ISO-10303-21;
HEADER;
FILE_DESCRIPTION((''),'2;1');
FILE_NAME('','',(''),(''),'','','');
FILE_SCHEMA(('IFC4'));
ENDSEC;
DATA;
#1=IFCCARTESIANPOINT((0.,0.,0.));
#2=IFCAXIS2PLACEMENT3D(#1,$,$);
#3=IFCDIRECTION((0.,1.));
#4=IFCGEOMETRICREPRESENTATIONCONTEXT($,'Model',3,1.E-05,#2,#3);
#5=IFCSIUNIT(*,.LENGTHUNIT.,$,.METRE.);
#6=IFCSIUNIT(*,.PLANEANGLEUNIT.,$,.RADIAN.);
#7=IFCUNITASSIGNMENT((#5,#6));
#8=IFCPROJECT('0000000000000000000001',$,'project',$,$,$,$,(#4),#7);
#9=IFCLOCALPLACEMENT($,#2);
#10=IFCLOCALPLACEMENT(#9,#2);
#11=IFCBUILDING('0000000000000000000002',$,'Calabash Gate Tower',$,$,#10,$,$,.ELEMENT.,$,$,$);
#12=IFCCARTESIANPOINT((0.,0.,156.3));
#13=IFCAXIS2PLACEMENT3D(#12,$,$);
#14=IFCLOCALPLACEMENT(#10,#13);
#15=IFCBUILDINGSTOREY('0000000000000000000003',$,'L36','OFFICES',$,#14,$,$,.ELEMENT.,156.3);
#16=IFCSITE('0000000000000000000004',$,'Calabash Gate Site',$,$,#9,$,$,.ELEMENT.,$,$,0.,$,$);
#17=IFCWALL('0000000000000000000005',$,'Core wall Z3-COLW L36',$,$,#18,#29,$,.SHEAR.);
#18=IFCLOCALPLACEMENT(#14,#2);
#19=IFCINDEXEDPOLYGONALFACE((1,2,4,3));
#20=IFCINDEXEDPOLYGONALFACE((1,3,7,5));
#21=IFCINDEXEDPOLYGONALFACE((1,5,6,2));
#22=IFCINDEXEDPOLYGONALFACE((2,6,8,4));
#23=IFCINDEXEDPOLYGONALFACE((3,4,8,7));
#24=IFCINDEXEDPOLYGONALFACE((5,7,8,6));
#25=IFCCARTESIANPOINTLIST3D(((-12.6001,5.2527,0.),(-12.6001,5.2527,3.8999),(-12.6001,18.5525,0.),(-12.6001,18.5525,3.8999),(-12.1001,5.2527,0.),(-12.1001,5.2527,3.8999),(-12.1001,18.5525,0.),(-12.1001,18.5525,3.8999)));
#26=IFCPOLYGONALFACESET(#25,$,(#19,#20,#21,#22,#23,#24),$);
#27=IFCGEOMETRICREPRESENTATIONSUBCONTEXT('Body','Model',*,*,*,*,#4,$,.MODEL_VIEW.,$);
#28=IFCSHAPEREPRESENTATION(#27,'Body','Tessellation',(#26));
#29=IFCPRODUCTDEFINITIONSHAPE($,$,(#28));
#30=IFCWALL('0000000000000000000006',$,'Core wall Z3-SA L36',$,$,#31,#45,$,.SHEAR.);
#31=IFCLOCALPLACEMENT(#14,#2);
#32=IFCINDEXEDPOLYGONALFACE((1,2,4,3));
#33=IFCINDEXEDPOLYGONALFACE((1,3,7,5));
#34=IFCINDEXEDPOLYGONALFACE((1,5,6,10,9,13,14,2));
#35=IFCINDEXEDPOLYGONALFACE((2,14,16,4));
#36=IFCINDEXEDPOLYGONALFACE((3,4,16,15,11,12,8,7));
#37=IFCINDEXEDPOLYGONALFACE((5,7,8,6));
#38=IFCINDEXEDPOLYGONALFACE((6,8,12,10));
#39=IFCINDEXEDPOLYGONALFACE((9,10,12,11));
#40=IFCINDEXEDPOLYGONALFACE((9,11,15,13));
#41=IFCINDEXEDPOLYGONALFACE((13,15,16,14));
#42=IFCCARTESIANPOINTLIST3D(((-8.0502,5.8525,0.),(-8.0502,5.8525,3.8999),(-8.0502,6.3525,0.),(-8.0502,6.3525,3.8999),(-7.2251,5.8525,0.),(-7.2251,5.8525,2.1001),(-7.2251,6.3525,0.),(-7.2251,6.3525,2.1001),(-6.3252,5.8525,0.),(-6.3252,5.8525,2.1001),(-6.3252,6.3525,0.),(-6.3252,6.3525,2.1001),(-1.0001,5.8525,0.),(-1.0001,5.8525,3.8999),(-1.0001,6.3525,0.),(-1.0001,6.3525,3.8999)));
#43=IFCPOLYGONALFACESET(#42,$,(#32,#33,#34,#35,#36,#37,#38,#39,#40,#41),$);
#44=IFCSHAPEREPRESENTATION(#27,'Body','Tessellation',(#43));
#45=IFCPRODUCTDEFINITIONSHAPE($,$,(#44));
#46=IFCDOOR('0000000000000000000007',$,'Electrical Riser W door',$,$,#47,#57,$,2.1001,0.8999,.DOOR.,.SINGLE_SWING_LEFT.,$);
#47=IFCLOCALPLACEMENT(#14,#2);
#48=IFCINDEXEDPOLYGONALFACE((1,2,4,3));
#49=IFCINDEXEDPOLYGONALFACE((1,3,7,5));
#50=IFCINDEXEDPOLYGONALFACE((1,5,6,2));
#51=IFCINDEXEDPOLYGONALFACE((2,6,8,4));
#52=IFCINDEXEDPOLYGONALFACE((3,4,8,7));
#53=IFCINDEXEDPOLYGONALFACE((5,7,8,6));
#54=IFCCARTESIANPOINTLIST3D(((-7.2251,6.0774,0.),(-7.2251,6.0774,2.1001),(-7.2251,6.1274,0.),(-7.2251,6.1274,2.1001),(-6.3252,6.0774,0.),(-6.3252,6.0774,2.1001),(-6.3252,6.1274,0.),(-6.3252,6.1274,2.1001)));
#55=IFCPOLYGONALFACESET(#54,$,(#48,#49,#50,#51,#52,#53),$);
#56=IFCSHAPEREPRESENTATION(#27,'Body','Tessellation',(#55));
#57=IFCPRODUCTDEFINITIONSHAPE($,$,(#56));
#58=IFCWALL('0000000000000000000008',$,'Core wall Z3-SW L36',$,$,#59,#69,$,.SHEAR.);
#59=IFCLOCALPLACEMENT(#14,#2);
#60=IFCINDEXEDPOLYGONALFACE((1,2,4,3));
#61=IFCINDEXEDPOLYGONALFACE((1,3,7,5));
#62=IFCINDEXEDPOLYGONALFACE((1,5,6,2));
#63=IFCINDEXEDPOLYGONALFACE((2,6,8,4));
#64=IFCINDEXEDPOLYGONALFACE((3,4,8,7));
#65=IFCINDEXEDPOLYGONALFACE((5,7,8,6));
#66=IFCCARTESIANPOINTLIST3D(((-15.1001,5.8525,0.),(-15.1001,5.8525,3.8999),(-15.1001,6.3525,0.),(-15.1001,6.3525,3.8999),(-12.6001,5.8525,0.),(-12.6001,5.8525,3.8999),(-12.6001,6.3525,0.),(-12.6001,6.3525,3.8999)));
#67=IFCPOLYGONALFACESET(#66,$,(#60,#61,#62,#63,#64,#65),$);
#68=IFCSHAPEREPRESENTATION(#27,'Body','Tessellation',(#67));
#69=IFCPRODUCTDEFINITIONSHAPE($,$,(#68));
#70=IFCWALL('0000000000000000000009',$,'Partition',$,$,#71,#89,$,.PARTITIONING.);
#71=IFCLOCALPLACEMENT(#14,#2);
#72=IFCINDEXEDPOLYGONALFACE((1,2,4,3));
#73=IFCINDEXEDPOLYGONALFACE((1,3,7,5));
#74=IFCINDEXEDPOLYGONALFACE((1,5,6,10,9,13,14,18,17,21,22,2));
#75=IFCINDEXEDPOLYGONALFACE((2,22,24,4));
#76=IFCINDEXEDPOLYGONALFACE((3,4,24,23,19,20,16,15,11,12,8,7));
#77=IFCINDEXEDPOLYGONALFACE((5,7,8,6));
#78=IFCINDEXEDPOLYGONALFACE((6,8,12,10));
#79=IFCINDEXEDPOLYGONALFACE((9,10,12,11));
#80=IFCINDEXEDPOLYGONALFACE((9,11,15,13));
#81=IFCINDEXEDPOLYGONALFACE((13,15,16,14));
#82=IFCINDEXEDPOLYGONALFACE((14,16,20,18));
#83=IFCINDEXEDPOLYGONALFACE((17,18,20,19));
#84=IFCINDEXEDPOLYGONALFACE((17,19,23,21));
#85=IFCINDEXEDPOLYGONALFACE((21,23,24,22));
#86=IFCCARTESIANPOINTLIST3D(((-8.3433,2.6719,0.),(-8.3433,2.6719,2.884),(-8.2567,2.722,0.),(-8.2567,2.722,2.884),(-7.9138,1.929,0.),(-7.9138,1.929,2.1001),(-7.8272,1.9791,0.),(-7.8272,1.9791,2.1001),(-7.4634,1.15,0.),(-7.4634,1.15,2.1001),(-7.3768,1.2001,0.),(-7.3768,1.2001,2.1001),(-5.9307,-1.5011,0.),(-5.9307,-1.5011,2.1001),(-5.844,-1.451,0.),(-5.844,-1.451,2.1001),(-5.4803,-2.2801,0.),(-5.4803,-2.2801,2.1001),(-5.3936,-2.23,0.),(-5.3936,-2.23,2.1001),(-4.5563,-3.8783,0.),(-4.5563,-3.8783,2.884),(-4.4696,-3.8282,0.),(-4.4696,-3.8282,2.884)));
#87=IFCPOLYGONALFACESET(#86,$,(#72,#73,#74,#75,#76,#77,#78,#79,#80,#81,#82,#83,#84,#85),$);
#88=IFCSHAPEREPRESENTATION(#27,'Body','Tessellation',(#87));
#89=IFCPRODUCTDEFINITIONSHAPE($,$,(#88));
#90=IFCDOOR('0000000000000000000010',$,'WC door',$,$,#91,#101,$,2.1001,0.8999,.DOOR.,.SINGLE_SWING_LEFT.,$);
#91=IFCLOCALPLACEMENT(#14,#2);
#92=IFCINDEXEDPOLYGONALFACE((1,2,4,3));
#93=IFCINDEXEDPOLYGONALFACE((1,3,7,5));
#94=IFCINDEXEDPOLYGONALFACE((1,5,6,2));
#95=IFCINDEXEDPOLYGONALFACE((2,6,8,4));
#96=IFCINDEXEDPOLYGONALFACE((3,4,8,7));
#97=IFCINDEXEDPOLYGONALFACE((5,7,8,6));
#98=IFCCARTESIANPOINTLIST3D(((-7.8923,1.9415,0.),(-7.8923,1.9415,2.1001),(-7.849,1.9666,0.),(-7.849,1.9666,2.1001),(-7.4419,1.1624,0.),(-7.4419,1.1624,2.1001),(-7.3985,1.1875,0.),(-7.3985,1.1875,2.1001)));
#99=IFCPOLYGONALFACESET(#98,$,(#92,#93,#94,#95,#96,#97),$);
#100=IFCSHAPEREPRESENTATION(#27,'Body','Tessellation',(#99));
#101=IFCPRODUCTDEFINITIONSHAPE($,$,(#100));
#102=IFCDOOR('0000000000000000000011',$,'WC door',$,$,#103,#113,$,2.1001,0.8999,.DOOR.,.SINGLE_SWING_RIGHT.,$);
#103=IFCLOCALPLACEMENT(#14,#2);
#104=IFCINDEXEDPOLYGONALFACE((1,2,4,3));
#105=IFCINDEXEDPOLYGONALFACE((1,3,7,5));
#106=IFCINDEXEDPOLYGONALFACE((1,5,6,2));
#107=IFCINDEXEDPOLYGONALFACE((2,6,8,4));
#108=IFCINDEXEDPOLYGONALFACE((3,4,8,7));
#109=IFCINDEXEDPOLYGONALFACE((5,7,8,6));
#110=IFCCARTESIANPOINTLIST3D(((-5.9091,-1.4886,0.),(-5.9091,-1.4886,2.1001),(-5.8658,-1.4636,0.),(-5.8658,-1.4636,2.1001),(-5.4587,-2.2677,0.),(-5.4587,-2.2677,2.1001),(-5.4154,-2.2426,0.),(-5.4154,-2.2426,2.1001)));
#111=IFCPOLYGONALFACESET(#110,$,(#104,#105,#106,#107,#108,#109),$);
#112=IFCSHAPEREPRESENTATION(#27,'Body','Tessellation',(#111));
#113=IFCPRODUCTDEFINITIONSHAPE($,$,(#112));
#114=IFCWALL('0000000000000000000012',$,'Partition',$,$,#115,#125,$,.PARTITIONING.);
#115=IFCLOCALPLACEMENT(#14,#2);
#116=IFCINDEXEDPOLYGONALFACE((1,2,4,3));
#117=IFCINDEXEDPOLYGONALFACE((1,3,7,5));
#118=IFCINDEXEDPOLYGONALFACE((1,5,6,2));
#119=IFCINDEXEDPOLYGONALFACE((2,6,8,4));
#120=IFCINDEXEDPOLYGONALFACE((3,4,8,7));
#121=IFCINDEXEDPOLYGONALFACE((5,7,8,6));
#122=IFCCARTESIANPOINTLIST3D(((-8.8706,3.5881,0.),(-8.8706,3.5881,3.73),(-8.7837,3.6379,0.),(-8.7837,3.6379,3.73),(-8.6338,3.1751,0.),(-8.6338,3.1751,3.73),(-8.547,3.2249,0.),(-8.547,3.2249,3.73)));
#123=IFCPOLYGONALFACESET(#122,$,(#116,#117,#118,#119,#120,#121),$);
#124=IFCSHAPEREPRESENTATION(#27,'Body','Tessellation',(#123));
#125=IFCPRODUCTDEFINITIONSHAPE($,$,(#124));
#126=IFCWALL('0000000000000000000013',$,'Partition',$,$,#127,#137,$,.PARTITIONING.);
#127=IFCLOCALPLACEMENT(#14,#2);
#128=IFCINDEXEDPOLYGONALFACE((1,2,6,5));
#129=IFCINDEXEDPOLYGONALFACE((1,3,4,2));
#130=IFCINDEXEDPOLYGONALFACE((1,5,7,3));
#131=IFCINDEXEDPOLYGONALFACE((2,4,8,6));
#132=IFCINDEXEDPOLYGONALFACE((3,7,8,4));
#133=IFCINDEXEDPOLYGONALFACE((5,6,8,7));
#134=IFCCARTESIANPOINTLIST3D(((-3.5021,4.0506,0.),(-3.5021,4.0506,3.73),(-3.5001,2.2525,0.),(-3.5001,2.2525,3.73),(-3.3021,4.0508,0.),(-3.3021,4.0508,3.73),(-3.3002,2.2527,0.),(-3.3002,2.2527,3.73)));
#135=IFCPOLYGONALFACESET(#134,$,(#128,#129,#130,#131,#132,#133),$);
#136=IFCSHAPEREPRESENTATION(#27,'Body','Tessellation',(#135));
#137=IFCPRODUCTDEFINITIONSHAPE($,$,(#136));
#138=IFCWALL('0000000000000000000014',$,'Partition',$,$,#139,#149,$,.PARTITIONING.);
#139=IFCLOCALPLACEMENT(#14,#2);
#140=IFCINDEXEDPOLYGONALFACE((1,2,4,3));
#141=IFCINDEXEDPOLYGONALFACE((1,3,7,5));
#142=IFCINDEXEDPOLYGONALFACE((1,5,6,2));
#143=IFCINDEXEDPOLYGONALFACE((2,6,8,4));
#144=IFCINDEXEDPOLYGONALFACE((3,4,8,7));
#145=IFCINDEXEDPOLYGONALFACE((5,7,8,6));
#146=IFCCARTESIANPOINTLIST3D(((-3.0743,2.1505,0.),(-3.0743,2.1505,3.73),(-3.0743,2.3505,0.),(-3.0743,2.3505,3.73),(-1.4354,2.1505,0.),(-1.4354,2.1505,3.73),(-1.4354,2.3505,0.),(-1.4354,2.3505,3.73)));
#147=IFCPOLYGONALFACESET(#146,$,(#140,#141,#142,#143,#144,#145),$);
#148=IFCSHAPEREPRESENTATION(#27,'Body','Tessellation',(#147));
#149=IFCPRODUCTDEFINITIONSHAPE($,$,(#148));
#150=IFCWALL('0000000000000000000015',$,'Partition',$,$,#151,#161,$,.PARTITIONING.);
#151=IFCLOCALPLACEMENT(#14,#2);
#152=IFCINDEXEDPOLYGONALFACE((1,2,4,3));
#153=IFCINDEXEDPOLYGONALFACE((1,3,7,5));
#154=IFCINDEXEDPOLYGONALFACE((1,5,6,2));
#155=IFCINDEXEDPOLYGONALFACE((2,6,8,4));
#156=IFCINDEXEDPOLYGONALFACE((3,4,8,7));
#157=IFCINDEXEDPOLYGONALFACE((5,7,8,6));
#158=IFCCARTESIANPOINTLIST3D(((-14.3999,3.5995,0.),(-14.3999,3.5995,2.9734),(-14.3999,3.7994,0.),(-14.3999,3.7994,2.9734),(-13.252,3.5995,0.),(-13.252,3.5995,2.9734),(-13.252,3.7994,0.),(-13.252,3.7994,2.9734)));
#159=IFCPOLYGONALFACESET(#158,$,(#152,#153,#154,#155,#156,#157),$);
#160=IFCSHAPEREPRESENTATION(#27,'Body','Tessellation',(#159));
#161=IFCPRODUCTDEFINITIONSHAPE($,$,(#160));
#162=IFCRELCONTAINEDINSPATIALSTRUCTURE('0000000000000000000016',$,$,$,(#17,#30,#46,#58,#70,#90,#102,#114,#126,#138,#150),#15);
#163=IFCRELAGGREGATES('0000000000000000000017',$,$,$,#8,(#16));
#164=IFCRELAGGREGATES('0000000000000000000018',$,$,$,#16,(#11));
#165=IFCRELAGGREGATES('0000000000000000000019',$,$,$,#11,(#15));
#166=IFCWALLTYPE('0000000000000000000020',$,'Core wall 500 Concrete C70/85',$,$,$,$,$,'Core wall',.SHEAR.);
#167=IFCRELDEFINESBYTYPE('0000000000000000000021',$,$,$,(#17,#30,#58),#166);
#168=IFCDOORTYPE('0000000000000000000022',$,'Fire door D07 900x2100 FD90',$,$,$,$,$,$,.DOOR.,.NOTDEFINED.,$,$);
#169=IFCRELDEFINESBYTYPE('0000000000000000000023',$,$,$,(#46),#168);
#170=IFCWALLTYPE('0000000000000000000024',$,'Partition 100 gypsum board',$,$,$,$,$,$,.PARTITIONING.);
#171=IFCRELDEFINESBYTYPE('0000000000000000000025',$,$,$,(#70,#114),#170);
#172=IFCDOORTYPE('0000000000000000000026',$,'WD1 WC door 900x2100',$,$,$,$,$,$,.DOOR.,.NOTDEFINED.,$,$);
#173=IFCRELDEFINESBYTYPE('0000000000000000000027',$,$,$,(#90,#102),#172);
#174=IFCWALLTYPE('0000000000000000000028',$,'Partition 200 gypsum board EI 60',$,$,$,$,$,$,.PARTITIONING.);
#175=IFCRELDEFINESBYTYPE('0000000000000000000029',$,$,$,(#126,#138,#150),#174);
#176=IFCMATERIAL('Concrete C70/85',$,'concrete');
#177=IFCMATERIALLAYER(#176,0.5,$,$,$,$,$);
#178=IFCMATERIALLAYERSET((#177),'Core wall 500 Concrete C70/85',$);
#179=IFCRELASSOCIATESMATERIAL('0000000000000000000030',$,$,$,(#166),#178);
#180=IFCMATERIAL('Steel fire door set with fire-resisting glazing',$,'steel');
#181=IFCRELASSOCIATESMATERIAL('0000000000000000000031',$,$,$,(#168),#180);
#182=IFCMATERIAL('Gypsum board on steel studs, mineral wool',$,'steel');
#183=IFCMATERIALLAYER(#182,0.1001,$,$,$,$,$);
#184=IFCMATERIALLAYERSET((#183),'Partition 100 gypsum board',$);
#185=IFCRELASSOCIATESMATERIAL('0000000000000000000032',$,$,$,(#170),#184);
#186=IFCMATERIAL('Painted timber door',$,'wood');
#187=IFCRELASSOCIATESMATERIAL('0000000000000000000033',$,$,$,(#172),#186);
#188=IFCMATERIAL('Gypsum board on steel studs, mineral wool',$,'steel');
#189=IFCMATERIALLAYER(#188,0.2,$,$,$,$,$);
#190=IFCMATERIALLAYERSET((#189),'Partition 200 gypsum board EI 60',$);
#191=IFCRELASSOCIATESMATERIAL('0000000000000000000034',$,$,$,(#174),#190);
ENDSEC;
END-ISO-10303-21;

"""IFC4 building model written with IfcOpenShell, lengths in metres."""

from ifc_helpers import new_model, si_unit, direction, frame, frame_2d, origin, place, context, subcontext, project, spatial, rectangle, extrude, material, layer, layer_set, type_object, element, fill, save


model = new_model("IFC4")

# Units and contexts
model_context = context("Model", 3, precision=1e-05, world=origin(), true_north=direction((0.0, 1.0)))
body_context = subcontext(model_context, "Body", "Model", "MODEL_VIEW")
ifc_project = project(units=[si_unit("LENGTHUNIT", "METRE"), si_unit("PLANEANGLEUNIT", "RADIAN")], contexts=[model_context])

# Site, building, storey
site_placement = place(None, origin())
site = spatial("IfcSite", under=ifc_project, at=site_placement, Name="Calabash Gate Site", CompositionType="ELEMENT", RefElevation=0.0)
building_placement = place(site_placement, origin())
building = spatial("IfcBuilding", under=site, at=building_placement, Name="Calabash Gate Tower", CompositionType="ELEMENT")
storey_placement = place(building_placement, frame((0.0, 0.0, 156.3)))
storey = spatial("IfcBuildingStorey", under=building, at=storey_placement, Name="L36", Description="OFFICES", CompositionType="ELEMENT", Elevation=156.3)

# Wall
ifc_material_1 = material(Name="Concrete C70/85", Category="concrete")
ifc_layer_1 = layer(ifc_material_1, 0.5)
ifc_layer_set_1 = layer_set([ifc_layer_1], Name="Core wall 500 Concrete C70/85")
wall_type_1 = type_object("IfcWallType", Name="Core wall 500 Concrete C70/85", ElementType="Core wall", PredefinedType="SHEAR", material=ifc_layer_set_1)
wall_1_placement = place(storey_placement, frame((-12.3501, 5.2527, 0.0), z_axis=(0.0, 0.0, 1.0), x_axis=(0.0, 1.0, 0.0)))
element("IfcWall", 1, at=wall_1_placement, inside=storey, type_object=wall_type_1, Name="Core wall Z3-COLW L36", PredefinedType="SHEAR", context=body_context, shape_type="SweptSolid", body=[
    extrude(rectangle(XDim=13.2998, YDim=0.5, at=frame_2d((6.6499, 0.0))), origin(), (0.0, 0.0, 1.0), 3.8999),
])

# Wall, opening, door
wall_2_placement = place(storey_placement, frame((-8.05, 6.1025, 0.0), z_axis=(0.0, 0.0, 1.0), x_axis=(1.0, 0.0, 0.0)))
wall_2 = element("IfcWall", 2, at=wall_2_placement, inside=storey, type_object=wall_type_1, Name="Core wall Z3-SA L36", PredefinedType="SHEAR", context=body_context, shape_type="SweptSolid", body=[
    extrude(rectangle(XDim=7.05, YDim=0.5, at=frame_2d((3.5249, 0.0))), origin(), (0.0, 0.0, 1.0), 3.8999),
])
opening_1_placement = place(wall_2_placement, frame((0.825, 0.0, 0.0)))
opening_1 = element("IfcOpeningElement", 3, at=opening_1_placement, cuts=wall_2, PredefinedType="OPENING", context=body_context, shape_type="SweptSolid", body=[
    extrude(rectangle(XDim=0.8999, YDim=2.1001, at=frame_2d((0.45, 1.05))), frame((0.0, 0.26, 0.0), z_axis=(0.0, -1.0, 0.0), x_axis=(1.0, 0.0, 0.0)), (0.0, 0.0, 1.0), 0.52),
])
ifc_material_2 = material(Name="Steel fire door set with fire-resisting glazing", Category="steel")
door_type_1 = type_object("IfcDoorType", Name="Fire door D07 900x2100 FD90", OperationType="NOTDEFINED", PredefinedType="DOOR", material=ifc_material_2)
door_1_placement = place(opening_1_placement, origin())
door_1 = element("IfcDoor", 4, at=door_1_placement, inside=storey, type_object=door_type_1, Name="Electrical Riser W door", OperationType="SINGLE_SWING_LEFT", OverallHeight=2.1001, OverallWidth=0.8999, PredefinedType="DOOR", context=body_context, shape_type="SweptSolid", body=[
    extrude(rectangle(XDim=0.8999, YDim=2.1001, at=frame_2d((0.45, 1.05))), frame((0.0, 0.0249, 0.0), z_axis=(0.0, -1.0, 0.0), x_axis=(1.0, 0.0, 0.0)), (0.0, 0.0, 1.0), 0.05),
])
fill(opening_1, door_1)

# Wall
wall_3_placement = place(storey_placement, frame((-12.6001, 6.1025, 0.0), z_axis=(0.0, 0.0, 1.0), x_axis=(-1.0, 0.0, 0.0)))
element("IfcWall", 5, at=wall_3_placement, inside=storey, type_object=wall_type_1, Name="Core wall Z3-SW L36", PredefinedType="SHEAR", context=body_context, shape_type="SweptSolid", body=[
    extrude(rectangle(XDim=2.5, YDim=0.5, at=frame_2d((1.25, 0.0))), origin(), (0.0, 0.0, 1.0), 3.8999),
])

# Wall, openings, doors
ifc_material_3 = material(Name="Gypsum board on steel studs, mineral wool", Category="steel")
ifc_layer_2 = layer(ifc_material_3, 0.1001)
ifc_layer_set_2 = layer_set([ifc_layer_2], Name="Partition 100 gypsum board")
wall_type_2 = type_object("IfcWallType", Name="Partition 100 gypsum board", PredefinedType="PARTITIONING", material=ifc_layer_set_2)
wall_4_placement = place(storey_placement, frame((-8.3, 2.697, 0.0), z_axis=(0.0, 0.0, 1.0), x_axis=(0.500525, -0.865722, 0.0)))
wall_4 = element("IfcWall", 6, at=wall_4_placement, inside=storey, type_object=wall_type_2, Name="Partition", PredefinedType="PARTITIONING", context=body_context, shape_type="SweptSolid", body=[
    extrude(rectangle(XDim=7.5662, YDim=0.1001, at=frame_2d((3.7832, 0.0))), origin(), (0.0, 0.0, 1.0), 2.884),
])
opening_2_placement = place(wall_4_placement, frame((0.8582, 0.0, 0.0)))
opening_2 = element("IfcOpeningElement", 7, at=opening_2_placement, cuts=wall_4, PredefinedType="OPENING", context=body_context, shape_type="SweptSolid", body=[
    extrude(rectangle(XDim=0.8999, YDim=2.1001, at=frame_2d((0.45, 1.05))), frame((0.0, 0.0601, 0.0), z_axis=(0.0, -1.0, 0.0), x_axis=(1.0, 0.0, 0.0)), (0.0, 0.0, 1.0), 0.1201),
])
opening_3_placement = place(wall_4_placement, frame((4.8203, 0.0, 0.0)))
opening_3 = element("IfcOpeningElement", 8, at=opening_3_placement, cuts=wall_4, PredefinedType="OPENING", context=body_context, shape_type="SweptSolid", body=[
    extrude(rectangle(XDim=0.8999, YDim=2.1001, at=frame_2d((0.45, 1.05))), frame((0.0, 0.0601, 0.0), z_axis=(0.0, -1.0, 0.0), x_axis=(1.0, 0.0, 0.0)), (0.0, 0.0, 1.0), 0.1201),
])
ifc_material_4 = material(Name="Painted timber door", Category="wood")
door_type_2 = type_object("IfcDoorType", Name="WD1 WC door 900x2100", OperationType="NOTDEFINED", PredefinedType="DOOR", material=ifc_material_4)
door_2_placement = place(opening_2_placement, origin())
door_2 = element("IfcDoor", 9, at=door_2_placement, inside=storey, type_object=door_type_2, Name="WC door", OperationType="SINGLE_SWING_LEFT", OverallHeight=2.1001, OverallWidth=0.8999, PredefinedType="DOOR", context=body_context, shape_type="SweptSolid", body=[
    extrude(rectangle(XDim=0.8999, YDim=2.1001, at=frame_2d((0.45, 1.05))), frame((0.0, 0.0249, 0.0), z_axis=(0.0, -1.0, 0.0), x_axis=(1.0, 0.0, 0.0)), (0.0, 0.0, 1.0), 0.05),
])
fill(opening_2, door_2)
door_3_placement = place(opening_3_placement, origin())
door_3 = element("IfcDoor", 10, at=door_3_placement, inside=storey, type_object=door_type_2, Name="WC door", OperationType="SINGLE_SWING_RIGHT", OverallHeight=2.1001, OverallWidth=0.8999, PredefinedType="DOOR", context=body_context, shape_type="SweptSolid", body=[
    extrude(rectangle(XDim=0.8999, YDim=2.1001, at=frame_2d((0.45, 1.05))), frame((0.0, 0.0249, 0.0), z_axis=(0.0, -1.0, 0.0), x_axis=(1.0, 0.0, 0.0)), (0.0, 0.0, 1.0), 0.05),
])
fill(opening_3, door_3)

# Wall
wall_5_placement = place(storey_placement, frame((-8.8271, 3.613, 0.0), z_axis=(0.0, 0.0, 1.0), x_axis=(0.497353, -0.867548, 0.0)))
element("IfcWall", 11, at=wall_5_placement, inside=storey, type_object=wall_type_2, Name="Partition", PredefinedType="PARTITIONING", context=body_context, shape_type="SweptSolid", body=[
    extrude(rectangle(XDim=0.4761, YDim=0.1001, at=frame_2d((0.238, 0.0))), origin(), (0.0, 0.0, 1.0), 3.73),
])

# Shared definitions
ifc_material_5 = material(Name="Gypsum board on steel studs, mineral wool", Category="steel")
ifc_layer_3 = layer(ifc_material_5, 0.2)
ifc_layer_set_3 = layer_set([ifc_layer_3], Name="Partition 200 gypsum board EI 60")
wall_type_3 = type_object("IfcWallType", Name="Partition 200 gypsum board EI 60", PredefinedType="PARTITIONING", material=ifc_layer_set_3)

# Walls
wall_6_placement = place(storey_placement, frame((-3.4021, 4.0505, 0.0), z_axis=(0.0, 0.0, 1.0), x_axis=(0.001086, -0.999999, 0.0)))
element("IfcWall", 12, at=wall_6_placement, inside=storey, type_object=wall_type_3, Name="Partition", PredefinedType="PARTITIONING", context=body_context, shape_type="SweptSolid", body=[
    extrude(rectangle(XDim=1.7981, YDim=0.2, at=frame_2d((0.8989, 0.0))), origin(), (0.0, 0.0, 1.0), 3.73),
])
wall_7_placement = place(storey_placement, frame((-3.0742, 2.2505, 0.0), z_axis=(0.0, 0.0, 1.0), x_axis=(1.0, 0.0, 0.0)))
element("IfcWall", 13, at=wall_7_placement, inside=storey, type_object=wall_type_3, Name="Partition", PredefinedType="PARTITIONING", context=body_context, shape_type="SweptSolid", body=[
    extrude(rectangle(XDim=1.6389, YDim=0.2, at=frame_2d((0.8193, 0.0))), origin(), (0.0, 0.0, 1.0), 3.73),
])
wall_8_placement = place(storey_placement, frame((-14.3999, 3.6995, 0.0), z_axis=(0.0, 0.0, 1.0), x_axis=(1.0, 0.0, 0.0)))
element("IfcWall", 14, at=wall_8_placement, inside=storey, type_object=wall_type_3, Name="Partition", PredefinedType="PARTITIONING", context=body_context, shape_type="SweptSolid", body=[
    extrude(rectangle(XDim=1.1479, YDim=0.2, at=frame_2d((0.574, 0.0))), origin(), (0.0, 0.0, 1.0), 2.9734),
])

save(model, "model.ifc")
